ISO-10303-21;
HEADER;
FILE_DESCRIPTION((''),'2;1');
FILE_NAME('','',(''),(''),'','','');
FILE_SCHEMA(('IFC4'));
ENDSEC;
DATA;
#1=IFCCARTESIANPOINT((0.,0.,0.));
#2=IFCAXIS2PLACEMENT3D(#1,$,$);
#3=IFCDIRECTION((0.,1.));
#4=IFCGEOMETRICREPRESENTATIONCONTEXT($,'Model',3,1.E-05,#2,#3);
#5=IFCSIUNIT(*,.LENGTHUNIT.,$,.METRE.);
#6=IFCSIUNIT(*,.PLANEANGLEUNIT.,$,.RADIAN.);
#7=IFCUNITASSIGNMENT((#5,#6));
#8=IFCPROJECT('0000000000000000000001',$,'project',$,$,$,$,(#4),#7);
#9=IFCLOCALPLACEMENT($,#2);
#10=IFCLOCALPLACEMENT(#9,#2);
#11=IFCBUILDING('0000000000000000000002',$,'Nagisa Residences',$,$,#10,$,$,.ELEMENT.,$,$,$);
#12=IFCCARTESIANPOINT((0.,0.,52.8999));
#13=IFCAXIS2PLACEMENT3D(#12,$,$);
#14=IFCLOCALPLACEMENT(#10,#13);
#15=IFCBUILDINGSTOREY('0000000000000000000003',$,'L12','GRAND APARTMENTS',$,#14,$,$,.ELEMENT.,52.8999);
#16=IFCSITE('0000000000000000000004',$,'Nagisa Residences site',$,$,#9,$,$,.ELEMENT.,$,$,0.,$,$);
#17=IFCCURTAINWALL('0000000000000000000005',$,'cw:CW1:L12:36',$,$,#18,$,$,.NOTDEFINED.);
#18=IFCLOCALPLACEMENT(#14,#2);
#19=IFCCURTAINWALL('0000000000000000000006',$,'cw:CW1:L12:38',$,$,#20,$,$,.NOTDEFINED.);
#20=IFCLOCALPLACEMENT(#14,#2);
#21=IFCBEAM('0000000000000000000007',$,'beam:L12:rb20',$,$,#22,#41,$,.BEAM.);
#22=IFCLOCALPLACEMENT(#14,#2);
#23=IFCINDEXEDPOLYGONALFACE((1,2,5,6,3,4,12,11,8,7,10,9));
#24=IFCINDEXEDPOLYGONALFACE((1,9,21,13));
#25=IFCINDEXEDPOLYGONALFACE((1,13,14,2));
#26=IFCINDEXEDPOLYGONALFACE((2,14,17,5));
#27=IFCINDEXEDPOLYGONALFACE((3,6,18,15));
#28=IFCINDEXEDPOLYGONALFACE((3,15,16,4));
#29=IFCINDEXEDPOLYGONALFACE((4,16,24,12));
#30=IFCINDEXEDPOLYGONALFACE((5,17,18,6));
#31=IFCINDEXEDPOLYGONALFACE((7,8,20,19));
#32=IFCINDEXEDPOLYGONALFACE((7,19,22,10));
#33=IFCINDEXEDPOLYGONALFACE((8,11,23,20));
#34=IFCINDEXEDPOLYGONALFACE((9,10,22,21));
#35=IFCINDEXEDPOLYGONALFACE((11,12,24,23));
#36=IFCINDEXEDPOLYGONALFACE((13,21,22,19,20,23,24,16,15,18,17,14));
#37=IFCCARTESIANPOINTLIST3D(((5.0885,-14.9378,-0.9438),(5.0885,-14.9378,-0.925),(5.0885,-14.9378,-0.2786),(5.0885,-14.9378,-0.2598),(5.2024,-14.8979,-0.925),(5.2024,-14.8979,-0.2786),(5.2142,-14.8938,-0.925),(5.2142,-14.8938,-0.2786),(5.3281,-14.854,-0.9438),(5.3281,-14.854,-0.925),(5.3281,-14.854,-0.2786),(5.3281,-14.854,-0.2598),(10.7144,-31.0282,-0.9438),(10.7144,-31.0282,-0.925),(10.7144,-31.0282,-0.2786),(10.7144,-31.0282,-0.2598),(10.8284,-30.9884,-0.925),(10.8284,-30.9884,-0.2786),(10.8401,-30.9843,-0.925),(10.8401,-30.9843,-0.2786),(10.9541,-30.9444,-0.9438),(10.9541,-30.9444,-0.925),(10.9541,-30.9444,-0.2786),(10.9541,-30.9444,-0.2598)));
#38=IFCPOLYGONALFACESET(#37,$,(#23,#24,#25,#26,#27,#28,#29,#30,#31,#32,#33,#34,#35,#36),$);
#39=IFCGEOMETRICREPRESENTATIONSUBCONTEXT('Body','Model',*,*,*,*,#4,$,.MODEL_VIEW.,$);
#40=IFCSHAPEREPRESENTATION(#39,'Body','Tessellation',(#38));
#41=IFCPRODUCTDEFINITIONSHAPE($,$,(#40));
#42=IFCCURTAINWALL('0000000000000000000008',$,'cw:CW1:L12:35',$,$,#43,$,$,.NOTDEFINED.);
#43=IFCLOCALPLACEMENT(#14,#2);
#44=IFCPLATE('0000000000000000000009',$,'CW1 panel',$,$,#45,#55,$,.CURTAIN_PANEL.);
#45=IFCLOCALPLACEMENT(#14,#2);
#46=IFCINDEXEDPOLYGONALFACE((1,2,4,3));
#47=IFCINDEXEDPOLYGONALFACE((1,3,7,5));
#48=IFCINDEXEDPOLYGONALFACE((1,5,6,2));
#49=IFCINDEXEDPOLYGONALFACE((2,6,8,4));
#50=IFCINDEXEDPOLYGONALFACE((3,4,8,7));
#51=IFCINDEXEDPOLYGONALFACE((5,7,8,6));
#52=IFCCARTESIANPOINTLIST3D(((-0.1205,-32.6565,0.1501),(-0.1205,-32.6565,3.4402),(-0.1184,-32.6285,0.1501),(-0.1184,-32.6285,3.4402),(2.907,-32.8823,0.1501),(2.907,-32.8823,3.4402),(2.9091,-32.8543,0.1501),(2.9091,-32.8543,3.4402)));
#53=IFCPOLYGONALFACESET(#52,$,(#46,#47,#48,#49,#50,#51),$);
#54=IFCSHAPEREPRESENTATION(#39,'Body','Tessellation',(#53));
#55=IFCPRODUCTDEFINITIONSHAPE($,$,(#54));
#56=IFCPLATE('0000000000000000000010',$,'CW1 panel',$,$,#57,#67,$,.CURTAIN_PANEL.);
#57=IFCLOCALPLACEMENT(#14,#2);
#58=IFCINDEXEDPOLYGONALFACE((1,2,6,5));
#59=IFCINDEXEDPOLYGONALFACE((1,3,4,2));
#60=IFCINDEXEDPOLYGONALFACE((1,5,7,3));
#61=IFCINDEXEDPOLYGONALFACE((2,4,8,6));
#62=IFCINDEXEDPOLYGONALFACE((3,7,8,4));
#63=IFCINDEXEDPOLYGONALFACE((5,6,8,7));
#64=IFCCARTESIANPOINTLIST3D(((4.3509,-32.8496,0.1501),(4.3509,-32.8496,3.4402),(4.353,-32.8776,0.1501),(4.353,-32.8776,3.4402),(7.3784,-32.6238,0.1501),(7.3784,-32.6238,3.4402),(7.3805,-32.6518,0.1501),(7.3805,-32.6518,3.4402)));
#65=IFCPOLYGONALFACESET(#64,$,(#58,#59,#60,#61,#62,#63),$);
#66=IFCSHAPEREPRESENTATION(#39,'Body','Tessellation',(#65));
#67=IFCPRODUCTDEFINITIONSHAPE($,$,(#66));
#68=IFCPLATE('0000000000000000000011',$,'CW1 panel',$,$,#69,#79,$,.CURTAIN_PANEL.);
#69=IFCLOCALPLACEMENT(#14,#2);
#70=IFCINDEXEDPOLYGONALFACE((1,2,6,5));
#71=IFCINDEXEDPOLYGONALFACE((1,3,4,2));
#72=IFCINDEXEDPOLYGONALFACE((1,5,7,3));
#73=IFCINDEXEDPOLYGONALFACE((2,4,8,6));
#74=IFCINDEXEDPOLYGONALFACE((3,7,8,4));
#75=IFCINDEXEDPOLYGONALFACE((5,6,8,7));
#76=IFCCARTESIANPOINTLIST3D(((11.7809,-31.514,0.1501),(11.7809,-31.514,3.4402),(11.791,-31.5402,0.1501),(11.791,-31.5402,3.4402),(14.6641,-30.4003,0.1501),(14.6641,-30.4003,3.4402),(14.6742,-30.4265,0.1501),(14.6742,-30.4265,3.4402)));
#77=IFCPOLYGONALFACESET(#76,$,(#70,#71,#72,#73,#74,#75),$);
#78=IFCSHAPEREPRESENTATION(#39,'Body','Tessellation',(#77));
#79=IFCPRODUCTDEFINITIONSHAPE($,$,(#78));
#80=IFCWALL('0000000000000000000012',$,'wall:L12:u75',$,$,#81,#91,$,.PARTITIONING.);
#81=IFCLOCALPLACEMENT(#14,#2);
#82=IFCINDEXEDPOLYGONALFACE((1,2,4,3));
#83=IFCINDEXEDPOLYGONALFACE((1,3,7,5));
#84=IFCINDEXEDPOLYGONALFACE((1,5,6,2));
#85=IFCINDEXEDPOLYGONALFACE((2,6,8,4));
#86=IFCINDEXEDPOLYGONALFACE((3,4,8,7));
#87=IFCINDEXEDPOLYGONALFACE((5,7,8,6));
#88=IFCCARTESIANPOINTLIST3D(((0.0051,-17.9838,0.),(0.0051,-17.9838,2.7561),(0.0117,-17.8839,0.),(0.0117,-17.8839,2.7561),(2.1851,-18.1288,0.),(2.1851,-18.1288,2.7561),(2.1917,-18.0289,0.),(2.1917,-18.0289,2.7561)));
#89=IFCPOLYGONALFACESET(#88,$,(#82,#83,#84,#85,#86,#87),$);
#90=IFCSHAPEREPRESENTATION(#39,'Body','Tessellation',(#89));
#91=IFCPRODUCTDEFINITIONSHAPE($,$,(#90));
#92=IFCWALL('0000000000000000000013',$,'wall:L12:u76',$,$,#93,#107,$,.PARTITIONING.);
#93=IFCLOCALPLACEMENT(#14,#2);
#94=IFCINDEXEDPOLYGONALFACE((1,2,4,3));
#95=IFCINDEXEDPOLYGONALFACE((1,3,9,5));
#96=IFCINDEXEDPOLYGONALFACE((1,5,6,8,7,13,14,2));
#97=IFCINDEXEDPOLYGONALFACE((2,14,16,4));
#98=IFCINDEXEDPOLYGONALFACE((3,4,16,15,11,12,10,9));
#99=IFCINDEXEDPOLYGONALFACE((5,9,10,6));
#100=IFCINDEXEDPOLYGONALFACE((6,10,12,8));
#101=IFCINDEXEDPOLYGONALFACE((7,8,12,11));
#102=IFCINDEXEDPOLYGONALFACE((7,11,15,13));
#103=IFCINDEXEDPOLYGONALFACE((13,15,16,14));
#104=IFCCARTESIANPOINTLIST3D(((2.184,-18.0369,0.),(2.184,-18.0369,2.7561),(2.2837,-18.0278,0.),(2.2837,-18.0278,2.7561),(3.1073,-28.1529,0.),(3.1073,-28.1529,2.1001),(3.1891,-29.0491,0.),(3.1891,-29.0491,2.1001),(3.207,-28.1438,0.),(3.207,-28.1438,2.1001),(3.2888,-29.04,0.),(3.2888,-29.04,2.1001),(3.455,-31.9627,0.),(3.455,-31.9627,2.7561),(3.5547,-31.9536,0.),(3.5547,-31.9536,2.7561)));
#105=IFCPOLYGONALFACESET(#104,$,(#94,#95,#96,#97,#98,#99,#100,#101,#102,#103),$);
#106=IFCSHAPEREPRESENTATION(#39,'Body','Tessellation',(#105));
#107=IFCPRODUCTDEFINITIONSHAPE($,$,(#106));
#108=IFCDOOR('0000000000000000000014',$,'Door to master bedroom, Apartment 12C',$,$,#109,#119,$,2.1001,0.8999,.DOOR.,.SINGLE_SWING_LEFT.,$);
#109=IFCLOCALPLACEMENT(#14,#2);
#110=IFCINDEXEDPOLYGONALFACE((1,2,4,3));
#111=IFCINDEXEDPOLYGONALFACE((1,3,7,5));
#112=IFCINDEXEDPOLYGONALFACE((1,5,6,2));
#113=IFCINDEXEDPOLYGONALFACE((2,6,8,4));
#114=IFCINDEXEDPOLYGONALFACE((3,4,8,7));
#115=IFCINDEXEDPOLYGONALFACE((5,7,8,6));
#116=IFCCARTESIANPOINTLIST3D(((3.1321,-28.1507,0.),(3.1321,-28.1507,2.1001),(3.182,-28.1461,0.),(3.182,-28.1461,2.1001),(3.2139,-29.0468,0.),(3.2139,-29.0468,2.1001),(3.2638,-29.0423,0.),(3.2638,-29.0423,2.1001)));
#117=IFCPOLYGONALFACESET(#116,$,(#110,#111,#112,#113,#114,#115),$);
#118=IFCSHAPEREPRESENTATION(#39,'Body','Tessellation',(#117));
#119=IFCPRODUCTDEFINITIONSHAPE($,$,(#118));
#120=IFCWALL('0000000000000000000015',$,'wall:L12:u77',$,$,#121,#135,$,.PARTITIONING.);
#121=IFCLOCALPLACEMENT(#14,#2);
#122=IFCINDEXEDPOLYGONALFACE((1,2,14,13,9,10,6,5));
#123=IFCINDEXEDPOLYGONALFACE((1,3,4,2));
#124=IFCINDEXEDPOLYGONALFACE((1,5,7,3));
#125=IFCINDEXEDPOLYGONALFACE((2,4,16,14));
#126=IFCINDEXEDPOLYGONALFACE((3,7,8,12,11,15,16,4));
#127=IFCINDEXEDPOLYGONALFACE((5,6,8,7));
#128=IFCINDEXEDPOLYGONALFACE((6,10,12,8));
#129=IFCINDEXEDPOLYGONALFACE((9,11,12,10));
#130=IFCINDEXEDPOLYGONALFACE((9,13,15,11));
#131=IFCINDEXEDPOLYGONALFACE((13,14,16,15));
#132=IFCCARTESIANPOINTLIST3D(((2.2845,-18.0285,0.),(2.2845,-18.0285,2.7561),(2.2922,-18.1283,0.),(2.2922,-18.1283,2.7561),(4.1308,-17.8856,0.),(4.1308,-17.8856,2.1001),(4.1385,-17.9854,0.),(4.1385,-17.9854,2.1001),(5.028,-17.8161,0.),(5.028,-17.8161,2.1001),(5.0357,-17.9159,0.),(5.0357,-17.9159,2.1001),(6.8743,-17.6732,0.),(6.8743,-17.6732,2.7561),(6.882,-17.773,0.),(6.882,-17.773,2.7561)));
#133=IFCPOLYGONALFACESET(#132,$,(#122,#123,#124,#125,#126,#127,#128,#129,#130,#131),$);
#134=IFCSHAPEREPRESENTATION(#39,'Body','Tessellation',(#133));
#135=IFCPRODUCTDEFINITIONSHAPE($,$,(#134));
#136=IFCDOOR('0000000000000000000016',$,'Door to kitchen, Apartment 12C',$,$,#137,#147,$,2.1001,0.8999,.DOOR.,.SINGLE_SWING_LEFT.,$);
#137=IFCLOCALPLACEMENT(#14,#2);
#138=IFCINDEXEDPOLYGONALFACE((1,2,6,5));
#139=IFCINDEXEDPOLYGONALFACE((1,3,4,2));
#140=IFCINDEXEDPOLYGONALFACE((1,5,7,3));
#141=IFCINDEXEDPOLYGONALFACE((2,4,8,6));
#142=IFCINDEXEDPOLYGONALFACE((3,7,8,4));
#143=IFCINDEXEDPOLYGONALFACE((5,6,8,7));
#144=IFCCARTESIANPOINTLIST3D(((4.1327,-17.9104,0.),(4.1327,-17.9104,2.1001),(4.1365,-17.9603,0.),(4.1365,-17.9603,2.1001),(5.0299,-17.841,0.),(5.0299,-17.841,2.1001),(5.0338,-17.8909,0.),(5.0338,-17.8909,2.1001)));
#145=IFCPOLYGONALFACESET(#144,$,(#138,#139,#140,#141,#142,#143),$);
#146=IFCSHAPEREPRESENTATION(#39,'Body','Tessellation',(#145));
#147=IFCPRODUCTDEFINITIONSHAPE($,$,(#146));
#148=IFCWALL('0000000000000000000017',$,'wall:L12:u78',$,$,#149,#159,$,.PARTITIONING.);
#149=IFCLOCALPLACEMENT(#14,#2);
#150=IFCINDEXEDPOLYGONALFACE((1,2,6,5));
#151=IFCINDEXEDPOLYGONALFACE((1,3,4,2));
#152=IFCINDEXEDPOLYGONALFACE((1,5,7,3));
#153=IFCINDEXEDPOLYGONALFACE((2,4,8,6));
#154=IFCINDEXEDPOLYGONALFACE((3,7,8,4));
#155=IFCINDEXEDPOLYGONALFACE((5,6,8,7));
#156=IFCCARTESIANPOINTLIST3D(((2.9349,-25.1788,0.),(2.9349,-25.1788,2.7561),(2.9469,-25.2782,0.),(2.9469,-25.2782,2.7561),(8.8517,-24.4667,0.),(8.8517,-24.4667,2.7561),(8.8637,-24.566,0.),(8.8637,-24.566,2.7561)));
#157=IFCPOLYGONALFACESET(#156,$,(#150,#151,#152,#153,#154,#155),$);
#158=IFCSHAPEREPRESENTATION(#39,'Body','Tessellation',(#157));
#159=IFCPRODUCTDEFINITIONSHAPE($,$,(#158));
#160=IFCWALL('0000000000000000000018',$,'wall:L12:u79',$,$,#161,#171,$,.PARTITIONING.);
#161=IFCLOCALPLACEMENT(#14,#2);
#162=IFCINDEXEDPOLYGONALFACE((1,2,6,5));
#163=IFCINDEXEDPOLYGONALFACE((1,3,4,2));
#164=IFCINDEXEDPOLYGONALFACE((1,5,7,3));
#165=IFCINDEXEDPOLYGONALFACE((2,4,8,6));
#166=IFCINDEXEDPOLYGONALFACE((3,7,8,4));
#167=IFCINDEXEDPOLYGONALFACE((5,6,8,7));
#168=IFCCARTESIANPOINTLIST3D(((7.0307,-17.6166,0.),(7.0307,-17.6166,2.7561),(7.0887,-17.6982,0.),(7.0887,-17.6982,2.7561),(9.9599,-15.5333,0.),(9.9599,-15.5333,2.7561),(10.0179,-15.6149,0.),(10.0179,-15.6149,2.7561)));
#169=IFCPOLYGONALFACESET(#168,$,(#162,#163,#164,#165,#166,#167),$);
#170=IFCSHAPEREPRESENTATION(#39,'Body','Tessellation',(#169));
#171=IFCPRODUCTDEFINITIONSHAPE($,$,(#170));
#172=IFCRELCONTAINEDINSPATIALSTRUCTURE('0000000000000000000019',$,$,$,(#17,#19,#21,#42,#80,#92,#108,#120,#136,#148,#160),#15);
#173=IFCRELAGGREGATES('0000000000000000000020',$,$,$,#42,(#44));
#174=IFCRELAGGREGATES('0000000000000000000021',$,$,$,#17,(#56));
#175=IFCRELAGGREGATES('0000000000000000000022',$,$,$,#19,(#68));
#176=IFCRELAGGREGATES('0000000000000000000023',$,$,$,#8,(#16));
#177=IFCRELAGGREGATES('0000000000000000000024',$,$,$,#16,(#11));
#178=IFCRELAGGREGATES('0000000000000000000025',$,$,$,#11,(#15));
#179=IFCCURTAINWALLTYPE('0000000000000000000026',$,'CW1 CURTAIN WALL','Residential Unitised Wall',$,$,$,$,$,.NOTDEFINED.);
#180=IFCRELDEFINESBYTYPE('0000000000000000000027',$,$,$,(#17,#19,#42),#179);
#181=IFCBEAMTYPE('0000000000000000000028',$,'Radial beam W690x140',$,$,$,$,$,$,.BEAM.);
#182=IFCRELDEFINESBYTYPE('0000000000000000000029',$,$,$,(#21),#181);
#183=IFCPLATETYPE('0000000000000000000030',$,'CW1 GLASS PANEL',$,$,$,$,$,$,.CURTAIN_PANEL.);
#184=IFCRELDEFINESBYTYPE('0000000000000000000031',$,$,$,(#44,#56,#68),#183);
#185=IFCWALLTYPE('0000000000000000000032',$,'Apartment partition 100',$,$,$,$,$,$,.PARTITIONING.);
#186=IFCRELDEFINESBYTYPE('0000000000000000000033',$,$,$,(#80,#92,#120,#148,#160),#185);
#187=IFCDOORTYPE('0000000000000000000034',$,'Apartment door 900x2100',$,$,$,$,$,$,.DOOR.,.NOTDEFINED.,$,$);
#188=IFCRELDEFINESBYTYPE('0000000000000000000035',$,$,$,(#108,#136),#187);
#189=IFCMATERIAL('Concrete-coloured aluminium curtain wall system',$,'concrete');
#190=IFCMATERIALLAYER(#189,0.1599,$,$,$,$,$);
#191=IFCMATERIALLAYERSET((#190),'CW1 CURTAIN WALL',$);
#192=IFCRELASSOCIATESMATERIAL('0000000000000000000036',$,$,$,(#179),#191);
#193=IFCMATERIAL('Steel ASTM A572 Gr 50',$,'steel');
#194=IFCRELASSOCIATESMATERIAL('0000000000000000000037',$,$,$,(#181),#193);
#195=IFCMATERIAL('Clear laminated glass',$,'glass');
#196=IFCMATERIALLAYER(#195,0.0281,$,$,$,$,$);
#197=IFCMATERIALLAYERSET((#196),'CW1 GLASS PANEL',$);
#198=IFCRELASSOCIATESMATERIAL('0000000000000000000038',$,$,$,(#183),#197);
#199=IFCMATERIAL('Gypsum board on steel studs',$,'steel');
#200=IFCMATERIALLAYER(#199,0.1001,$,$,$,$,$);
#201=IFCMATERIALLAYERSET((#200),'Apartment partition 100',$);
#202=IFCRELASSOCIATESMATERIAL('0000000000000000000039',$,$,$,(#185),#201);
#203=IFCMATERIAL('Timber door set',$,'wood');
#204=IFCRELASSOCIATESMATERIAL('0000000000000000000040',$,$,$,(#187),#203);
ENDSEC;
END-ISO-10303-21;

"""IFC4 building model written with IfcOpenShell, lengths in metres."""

from ifc_helpers import new_model, si_unit, direction, frame, frame_2d, origin, origin_2d, place, context, subcontext, project, spatial, rectangle, i_section, extrude, material, layer, layer_set, material_profile, profile_set, type_object, element, fill, aggregate, save


model = new_model("IFC4")

# Units and contexts
model_context = context("Model", 3, precision=1e-05, world=origin(), true_north=direction((0.0, 1.0)))
body_context = subcontext(model_context, "Body", "Model", "MODEL_VIEW")
ifc_project = project(units=[si_unit("LENGTHUNIT", "METRE"), si_unit("PLANEANGLEUNIT", "RADIAN")], contexts=[model_context])

# Site, building, storey
site_placement = place(None, origin())
site = spatial("IfcSite", under=ifc_project, at=site_placement, Name="Nagisa Residences site", CompositionType="ELEMENT", RefElevation=0.0)
building_placement = place(site_placement, origin())
building = spatial("IfcBuilding", under=site, at=building_placement, Name="Nagisa Residences", CompositionType="ELEMENT")
storey_placement = place(building_placement, frame((0.0, 0.0, 52.8999)))
storey = spatial("IfcBuildingStorey", under=building, at=storey_placement, Name="L12", Description="GRAND APARTMENTS", CompositionType="ELEMENT", Elevation=52.8999)

# Curtain walls
ifc_material_1 = material(Name="Concrete-coloured aluminium curtain wall system", Category="concrete")
ifc_layer_1 = layer(ifc_material_1, 0.1599)
ifc_layer_set_1 = layer_set([ifc_layer_1], Name="CW1 CURTAIN WALL")
curtain_wall_type = type_object("IfcCurtainWallType", Name="CW1 CURTAIN WALL", Description="Residential Unitised Wall", PredefinedType="NOTDEFINED", material=ifc_layer_set_1)
curtain_wall_1_placement = place(storey_placement, origin())
curtain_wall_1 = element("IfcCurtainWall", 1, at=curtain_wall_1_placement, inside=storey, type_object=curtain_wall_type, Name="cw:CW1:L12:36", PredefinedType="NOTDEFINED")
curtain_wall_2_placement = place(storey_placement, origin())
curtain_wall_2 = element("IfcCurtainWall", 2, at=curtain_wall_2_placement, inside=storey, type_object=curtain_wall_type, Name="cw:CW1:L12:38", PredefinedType="NOTDEFINED")

# Beam
ifc_material_2 = material(Name="Steel ASTM A572 Gr 50", Category="steel")
ifc_material_profile_1 = material_profile(ifc_material_2, i_section(OverallWidth=0.2539, OverallDepth=0.6841, WebThickness=0.0125, FlangeThickness=0.0188, at=origin_2d()), Name="W690x140")
ifc_profile_set_1 = profile_set([ifc_material_profile_1], Name="Steel ASTM A572 Gr 50")
beam_type_1 = type_object("IfcBeamType", Name="Radial beam W690x140", PredefinedType="BEAM", material=ifc_profile_set_1)
beam_1_placement = place(storey_placement, frame((10.8342, -30.9863, -0.6018), z_axis=(-0.330051, 0.943963, 0.0), x_axis=(-0.943963, -0.330051, 0.0)))
element("IfcBeam", 3, at=beam_1_placement, inside=storey, type_object=beam_type_1, Name="beam:L12:rb20", PredefinedType="BEAM", context=body_context, shape_type="SweptSolid", body=[
    extrude(i_section(OverallWidth=0.2539, OverallDepth=0.6841, WebThickness=0.0125, FlangeThickness=0.0188, at=origin_2d()), origin(), (0.0, 0.0, 1.0), 17.0457),
])

# Curtain wall, plate
curtain_wall_3_placement = place(storey_placement, origin())
curtain_wall_3 = element("IfcCurtainWall", 4, at=curtain_wall_3_placement, inside=storey, type_object=curtain_wall_type, Name="cw:CW1:L12:35", PredefinedType="NOTDEFINED")
ifc_material_3 = material(Name="Clear laminated glass", Category="glass")
ifc_layer_2 = layer(ifc_material_3, 0.0281)
ifc_layer_set_2 = layer_set([ifc_layer_2], Name="CW1 GLASS PANEL")
plate_type = type_object("IfcPlateType", Name="CW1 GLASS PANEL", PredefinedType="CURTAIN_PANEL", material=ifc_layer_set_2)
plate_1_placement = place(storey_placement, frame((1.3943, -32.7554, 0.1501), z_axis=(0.0, 0.0, 1.0), x_axis=(0.99723, -0.074377, 0.0)))
plate_1 = element("IfcPlate", 5, at=plate_1_placement, type_object=plate_type, Name="CW1 panel", PredefinedType="CURTAIN_PANEL", context=body_context, shape_type="SweptSolid", body=[
    extrude(rectangle(XDim=3.0359, YDim=0.0281, at=origin_2d()), origin(), (0.0, 0.0, 1.0), 3.29),
])
aggregate(curtain_wall_3, [plate_1])

# Plates
plate_2_placement = place(storey_placement, frame((5.8657, -32.7507, 0.1501), z_axis=(0.0, 0.0, 1.0), x_axis=(0.99723, 0.074377, 0.0)))
plate_2 = element("IfcPlate", 6, at=plate_2_placement, type_object=plate_type, Name="CW1 panel", PredefinedType="CURTAIN_PANEL", context=body_context, shape_type="SweptSolid", body=[
    extrude(rectangle(XDim=3.0359, YDim=0.0281, at=origin_2d()), origin(), (0.0, 0.0, 1.0), 3.29),
])
aggregate(curtain_wall_1, [plate_2])
plate_3_placement = place(storey_placement, frame((13.2275, -30.9702, 0.1501), z_axis=(0.0, 0.0, 1.0), x_axis=(0.932826, 0.360328, 0.0)))
plate_3 = element("IfcPlate", 7, at=plate_3_placement, type_object=plate_type, Name="CW1 panel", PredefinedType="CURTAIN_PANEL", context=body_context, shape_type="SweptSolid", body=[
    extrude(rectangle(XDim=3.0908, YDim=0.0281, at=origin_2d()), origin(), (0.0, 0.0, 1.0), 3.29),
])
aggregate(curtain_wall_2, [plate_3])

# Wall
ifc_material_4 = material(Name="Gypsum board on steel studs", Category="steel")
ifc_layer_3 = layer(ifc_material_4, 0.1001)
ifc_layer_set_3 = layer_set([ifc_layer_3], Name="Apartment partition 100")
wall_type_1 = type_object("IfcWallType", Name="Apartment partition 100", PredefinedType="PARTITIONING", material=ifc_layer_set_3)
wall_1_placement = place(storey_placement, frame((0.0085, -17.9338, 0.0), z_axis=(0.0, 0.0, 1.0), x_axis=(0.997795, -0.066378, 0.0)))
element("IfcWall", 8, at=wall_1_placement, inside=storey, type_object=wall_type_1, Name="wall:L12:u75", PredefinedType="PARTITIONING", context=body_context, shape_type="SweptSolid", body=[
    extrude(rectangle(XDim=2.1848, YDim=0.1001, at=frame_2d((1.0923, 0.0))), origin(), (0.0, 0.0, 1.0), 2.7561),
])

# Walls, openings, doors
wall_2_placement = place(storey_placement, frame((2.2339, -18.0325, 0.0), z_axis=(0.0, 0.0, 1.0), x_axis=(0.090892, -0.995861, 0.0)))
wall_2 = element("IfcWall", 9, at=wall_2_placement, inside=storey, type_object=wall_type_1, Name="wall:L12:u76", PredefinedType="PARTITIONING", context=body_context, shape_type="SweptSolid", body=[
    extrude(rectangle(XDim=13.9836, YDim=0.1001, at=frame_2d((6.9917, 0.0))), origin(), (0.0, 0.0, 1.0), 2.7561),
])
opening_1_placement = place(wall_2_placement, frame((10.158, 0.0, 0.0)))
opening_1 = element("IfcOpeningElement", 10, at=opening_1_placement, cuts=wall_2, PredefinedType="OPENING", context=body_context, shape_type="SweptSolid", body=[
    extrude(rectangle(XDim=0.8999, YDim=2.1001, at=frame_2d((0.45, 1.05))), frame((0.0, 0.0601, 0.0), z_axis=(0.0, -1.0, 0.0), x_axis=(1.0, 0.0, 0.0)), (0.0, 0.0, 1.0), 0.1201),
])
ifc_material_5 = material(Name="Timber door set", Category="wood")
door_type_1 = type_object("IfcDoorType", Name="Apartment door 900x2100", OperationType="NOTDEFINED", PredefinedType="DOOR", material=ifc_material_5)
door_1_placement = place(opening_1_placement, origin())
door_1 = element("IfcDoor", 11, at=door_1_placement, inside=storey, type_object=door_type_1, Name="Door to master bedroom, Apartment 12C", OperationType="SINGLE_SWING_LEFT", OverallHeight=2.1001, OverallWidth=0.8999, PredefinedType="DOOR", context=body_context, shape_type="SweptSolid", body=[
    extrude(rectangle(XDim=0.8999, YDim=2.1001, at=frame_2d((0.45, 1.05))), frame((0.0, 0.0249, 0.0), z_axis=(0.0, -1.0, 0.0), x_axis=(1.0, 0.0, 0.0)), (0.0, 0.0, 1.0), 0.05),
])
fill(opening_1, door_1)
wall_3_placement = place(storey_placement, frame((2.2883, -18.0784, 0.0), z_axis=(0.0, 0.0, 1.0), x_axis=(0.997019, 0.077163, 0.0)))
wall_3 = element("IfcWall", 12, at=wall_3_placement, inside=storey, type_object=wall_type_1, Name="wall:L12:u77", PredefinedType="PARTITIONING", context=body_context, shape_type="SweptSolid", body=[
    extrude(rectangle(XDim=4.6035, YDim=0.1001, at=frame_2d((2.3018, 0.0))), origin(), (0.0, 0.0, 1.0), 2.7561),
])
opening_2_placement = place(wall_3_placement, frame((1.8518, 0.0, 0.0)))
opening_2 = element("IfcOpeningElement", 13, at=opening_2_placement, cuts=wall_3, PredefinedType="OPENING", context=body_context, shape_type="SweptSolid", body=[
    extrude(rectangle(XDim=0.8999, YDim=2.1001, at=frame_2d((0.45, 1.05))), frame((0.0, 0.0601, 0.0), z_axis=(0.0, -1.0, 0.0), x_axis=(1.0, 0.0, 0.0)), (0.0, 0.0, 1.0), 0.1201),
])
door_2_placement = place(opening_2_placement, frame((0.8999, 0.0, 0.0), x_axis=(-1.0, 0.0, 0.0)))
door_2 = element("IfcDoor", 14, at=door_2_placement, inside=storey, type_object=door_type_1, Name="Door to kitchen, Apartment 12C", OperationType="SINGLE_SWING_LEFT", OverallHeight=2.1001, OverallWidth=0.8999, PredefinedType="DOOR", context=body_context, shape_type="SweptSolid", body=[
    extrude(rectangle(XDim=0.8999, YDim=2.1001, at=frame_2d((0.45, 1.05))), frame((0.0, 0.0249, 0.0), z_axis=(0.0, -1.0, 0.0), x_axis=(1.0, 0.0, 0.0)), (0.0, 0.0, 1.0), 0.05),
])
fill(opening_2, door_2)

# Walls
wall_4_placement = place(storey_placement, frame((2.9409, -25.2285, 0.0), z_axis=(0.0, 0.0, 1.0), x_axis=(0.992834, 0.119501, 0.0)))
element("IfcWall", 15, at=wall_4_placement, inside=storey, type_object=wall_type_1, Name="wall:L12:u78", PredefinedType="PARTITIONING", context=body_context, shape_type="SweptSolid", body=[
    extrude(rectangle(XDim=5.9595, YDim=0.1001, at=frame_2d((2.9797, 0.0))), origin(), (0.0, 0.0, 1.0), 2.7561),
])
wall_5_placement = place(storey_placement, frame((7.0596, -17.6575, 0.0), z_axis=(0.0, 0.0, 1.0), x_axis=(0.81492, 0.579573, 0.0)))
element("IfcWall", 16, at=wall_5_placement, inside=storey, type_object=wall_type_1, Name="wall:L12:u79", PredefinedType="PARTITIONING", context=body_context, shape_type="SweptSolid", body=[
    extrude(rectangle(XDim=3.5945, YDim=0.1001, at=frame_2d((1.7974, 0.0))), origin(), (0.0, 0.0, 1.0), 2.7561),
])

save(model, "model.ifc")
